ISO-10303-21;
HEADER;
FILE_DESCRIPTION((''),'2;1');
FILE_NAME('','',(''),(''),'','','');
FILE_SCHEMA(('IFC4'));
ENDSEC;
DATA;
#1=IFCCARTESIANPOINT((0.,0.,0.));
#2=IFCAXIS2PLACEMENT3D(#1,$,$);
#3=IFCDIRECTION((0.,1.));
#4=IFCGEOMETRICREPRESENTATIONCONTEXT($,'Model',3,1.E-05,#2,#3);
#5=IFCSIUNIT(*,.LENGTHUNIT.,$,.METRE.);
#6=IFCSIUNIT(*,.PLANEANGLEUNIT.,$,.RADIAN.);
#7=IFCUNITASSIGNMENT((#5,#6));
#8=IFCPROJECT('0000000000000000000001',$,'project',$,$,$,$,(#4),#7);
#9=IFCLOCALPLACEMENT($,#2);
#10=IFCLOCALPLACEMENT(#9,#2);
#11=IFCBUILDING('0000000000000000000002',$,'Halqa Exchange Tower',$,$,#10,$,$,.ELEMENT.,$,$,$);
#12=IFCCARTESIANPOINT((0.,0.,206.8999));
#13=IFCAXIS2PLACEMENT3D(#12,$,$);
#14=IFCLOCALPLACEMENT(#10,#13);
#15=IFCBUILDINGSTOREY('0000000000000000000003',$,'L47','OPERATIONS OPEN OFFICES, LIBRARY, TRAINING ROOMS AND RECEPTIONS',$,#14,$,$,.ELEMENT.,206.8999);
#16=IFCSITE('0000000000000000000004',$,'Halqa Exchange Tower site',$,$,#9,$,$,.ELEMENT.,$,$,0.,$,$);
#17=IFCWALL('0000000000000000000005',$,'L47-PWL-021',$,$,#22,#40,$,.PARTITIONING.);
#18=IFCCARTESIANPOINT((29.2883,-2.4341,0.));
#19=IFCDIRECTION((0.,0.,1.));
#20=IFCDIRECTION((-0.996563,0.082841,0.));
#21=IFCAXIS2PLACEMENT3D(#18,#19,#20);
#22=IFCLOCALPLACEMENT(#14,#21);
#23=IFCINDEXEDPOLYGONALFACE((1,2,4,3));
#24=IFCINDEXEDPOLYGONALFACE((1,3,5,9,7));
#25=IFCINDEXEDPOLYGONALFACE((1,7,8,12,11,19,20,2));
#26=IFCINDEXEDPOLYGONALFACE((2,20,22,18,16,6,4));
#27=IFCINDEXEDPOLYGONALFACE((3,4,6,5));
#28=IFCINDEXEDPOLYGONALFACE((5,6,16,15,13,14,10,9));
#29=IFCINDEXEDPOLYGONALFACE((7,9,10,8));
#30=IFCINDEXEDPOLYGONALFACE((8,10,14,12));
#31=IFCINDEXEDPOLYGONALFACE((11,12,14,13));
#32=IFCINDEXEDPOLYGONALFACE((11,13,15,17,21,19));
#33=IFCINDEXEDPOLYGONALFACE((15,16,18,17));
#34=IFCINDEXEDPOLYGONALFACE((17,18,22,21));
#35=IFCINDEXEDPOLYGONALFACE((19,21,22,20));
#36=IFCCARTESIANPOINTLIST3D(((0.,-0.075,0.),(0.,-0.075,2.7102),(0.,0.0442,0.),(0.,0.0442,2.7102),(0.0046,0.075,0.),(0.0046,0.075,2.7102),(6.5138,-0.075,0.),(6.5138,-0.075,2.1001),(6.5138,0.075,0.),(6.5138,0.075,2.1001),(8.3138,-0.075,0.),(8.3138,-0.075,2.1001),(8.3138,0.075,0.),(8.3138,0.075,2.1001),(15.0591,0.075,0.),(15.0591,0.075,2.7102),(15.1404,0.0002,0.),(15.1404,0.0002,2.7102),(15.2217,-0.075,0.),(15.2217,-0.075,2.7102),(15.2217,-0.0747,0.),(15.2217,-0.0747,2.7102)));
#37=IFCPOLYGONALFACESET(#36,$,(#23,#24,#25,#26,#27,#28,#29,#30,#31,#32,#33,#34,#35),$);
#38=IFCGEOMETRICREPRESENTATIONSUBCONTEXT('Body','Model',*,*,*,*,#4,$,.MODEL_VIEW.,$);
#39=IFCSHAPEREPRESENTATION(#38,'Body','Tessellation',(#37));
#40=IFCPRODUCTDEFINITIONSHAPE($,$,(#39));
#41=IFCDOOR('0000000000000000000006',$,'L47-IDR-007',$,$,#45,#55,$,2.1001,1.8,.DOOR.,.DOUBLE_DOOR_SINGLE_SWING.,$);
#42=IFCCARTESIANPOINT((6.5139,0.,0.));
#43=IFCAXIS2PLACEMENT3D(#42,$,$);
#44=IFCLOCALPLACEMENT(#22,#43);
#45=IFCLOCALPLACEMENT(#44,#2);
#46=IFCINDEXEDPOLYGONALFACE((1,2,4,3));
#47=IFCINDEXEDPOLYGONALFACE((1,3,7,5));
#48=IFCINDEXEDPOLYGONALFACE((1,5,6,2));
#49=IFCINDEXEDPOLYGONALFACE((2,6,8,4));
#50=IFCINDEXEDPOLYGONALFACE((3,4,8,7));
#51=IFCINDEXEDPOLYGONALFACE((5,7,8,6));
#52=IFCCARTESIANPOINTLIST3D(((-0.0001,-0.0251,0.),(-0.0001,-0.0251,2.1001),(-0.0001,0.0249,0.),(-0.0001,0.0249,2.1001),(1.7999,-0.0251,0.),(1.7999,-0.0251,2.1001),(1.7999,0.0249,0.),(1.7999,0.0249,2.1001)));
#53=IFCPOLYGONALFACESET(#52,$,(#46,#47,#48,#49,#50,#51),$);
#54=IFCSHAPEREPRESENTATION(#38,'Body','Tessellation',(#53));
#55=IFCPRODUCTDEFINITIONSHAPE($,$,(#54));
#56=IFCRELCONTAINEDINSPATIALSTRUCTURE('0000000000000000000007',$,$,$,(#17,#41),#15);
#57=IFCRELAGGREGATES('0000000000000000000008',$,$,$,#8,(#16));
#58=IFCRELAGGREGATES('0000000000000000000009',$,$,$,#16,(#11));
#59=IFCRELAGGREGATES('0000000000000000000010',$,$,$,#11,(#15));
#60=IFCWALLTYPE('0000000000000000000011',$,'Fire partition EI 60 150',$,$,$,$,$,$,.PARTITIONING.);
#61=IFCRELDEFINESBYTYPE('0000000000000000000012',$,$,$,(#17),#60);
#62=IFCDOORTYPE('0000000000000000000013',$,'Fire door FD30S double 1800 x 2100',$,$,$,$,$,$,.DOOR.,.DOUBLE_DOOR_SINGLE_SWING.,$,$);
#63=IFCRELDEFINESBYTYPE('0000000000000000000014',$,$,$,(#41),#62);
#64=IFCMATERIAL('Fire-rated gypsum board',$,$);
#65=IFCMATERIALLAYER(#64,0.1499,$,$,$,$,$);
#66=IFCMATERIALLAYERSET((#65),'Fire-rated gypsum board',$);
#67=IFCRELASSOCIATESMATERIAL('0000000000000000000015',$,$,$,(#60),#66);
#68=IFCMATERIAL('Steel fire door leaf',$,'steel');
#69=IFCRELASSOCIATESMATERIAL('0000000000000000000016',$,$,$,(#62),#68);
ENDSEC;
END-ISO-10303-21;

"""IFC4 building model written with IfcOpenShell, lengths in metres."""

from ifc_helpers import new_model, si_unit, direction, frame, frame_2d, origin, place, context, subcontext, project, spatial, polyline, rectangle, outline, extrude, material, layer, layer_set, type_object, element, fill, save


model = new_model("IFC4")

# Units and contexts
model_context = context("Model", 3, precision=1e-05, world=origin(), true_north=direction((0.0, 1.0)))
body_context = subcontext(model_context, "Body", "Model", "MODEL_VIEW")
ifc_project = project(units=[si_unit("LENGTHUNIT", "METRE"), si_unit("PLANEANGLEUNIT", "RADIAN")], contexts=[model_context])

# Site, building, storey
site_placement = place(None, origin())
site = spatial("IfcSite", under=ifc_project, at=site_placement, Name="Halqa Exchange Tower site", CompositionType="ELEMENT", RefElevation=0.0)
building_placement = place(site_placement, origin())
building = spatial("IfcBuilding", under=site, at=building_placement, Name="Halqa Exchange Tower", CompositionType="ELEMENT")
storey_placement = place(building_placement, frame((0.0, 0.0, 206.8999)))
storey = spatial("IfcBuildingStorey", under=building, at=storey_placement, Name="L47", Description="OPERATIONS OPEN OFFICES, LIBRARY, TRAINING ROOMS AND RECEPTIONS", CompositionType="ELEMENT", Elevation=206.8999)

# Shared definitions
ifc_material_1 = material(Name="Fire-rated gypsum board")
ifc_layer_1 = layer(ifc_material_1, 0.1499)
ifc_layer_set_1 = layer_set([ifc_layer_1], Name="Fire-rated gypsum board")
wall_type_1 = type_object("IfcWallType", Name="Fire partition EI 60 150", PredefinedType="PARTITIONING", material=ifc_layer_set_1)

# Wall, opening, door
wall_1_placement = place(storey_placement, frame((29.2883, -2.4341, 0.0), z_axis=(0.0, 0.0, 1.0), x_axis=(-0.996563, 0.082841, 0.0)))
wall_1 = element("IfcWall", 1, at=wall_1_placement, inside=storey, type_object=wall_type_1, Name="L47-PWL-021", PredefinedType="PARTITIONING", context=body_context, shape_type="SweptSolid", body=[
    extrude(outline(polyline([(15.2217, -0.075), (15.2217, -0.0747), (15.1404, 0.0002), (15.0591, 0.075), (13.1772, 0.075), (11.2954, 0.075), (9.4136, 0.075), (7.5317, 0.075), (5.6501, 0.075), (3.7683, 0.075), (1.8865, 0.075), (0.0046, 0.075), (0.0, 0.0442), (0.0, -0.075), (1.9028, -0.075), (3.8054, -0.075), (5.708, -0.075), (7.6108, -0.075), (9.5137, -0.075), (11.4163, -0.075), (13.3188, -0.075), (15.2217, -0.075)])), origin(), (0.0, 0.0, 1.0), 2.7102),
])
opening_1_placement = place(wall_1_placement, frame((6.5139, 0.0, 0.0)))
opening_1 = element("IfcOpeningElement", 2, at=opening_1_placement, cuts=wall_1, PredefinedType="OPENING", context=body_context, shape_type="SweptSolid", body=[
    extrude(rectangle(XDim=1.8, YDim=2.1001, at=frame_2d((0.8999, 1.05))), frame((0.0, 0.0869, 0.0), z_axis=(0.0, -1.0, 0.0), x_axis=(1.0, 0.0, 0.0)), (0.0, 0.0, 1.0), 0.1738),
])
ifc_material_2 = material(Name="Steel fire door leaf", Category="steel")
door_type_1 = type_object("IfcDoorType", Name="Fire door FD30S double 1800 x 2100", OperationType="DOUBLE_DOOR_SINGLE_SWING", PredefinedType="DOOR", material=ifc_material_2)
door_1_placement = place(opening_1_placement, origin())
door_1 = element("IfcDoor", 3, at=door_1_placement, inside=storey, type_object=door_type_1, Name="L47-IDR-007", OperationType="DOUBLE_DOOR_SINGLE_SWING", OverallHeight=2.1001, OverallWidth=1.8, PredefinedType="DOOR", context=body_context, shape_type="SweptSolid", body=[
    extrude(rectangle(XDim=1.8, YDim=2.1001, at=frame_2d((0.8999, 1.05))), frame((0.0, 0.0249, 0.0), z_axis=(0.0, -1.0, 0.0), x_axis=(1.0, 0.0, 0.0)), (0.0, 0.0, 1.0), 0.05),
])
fill(opening_1, door_1)

save(model, "model.ifc")
